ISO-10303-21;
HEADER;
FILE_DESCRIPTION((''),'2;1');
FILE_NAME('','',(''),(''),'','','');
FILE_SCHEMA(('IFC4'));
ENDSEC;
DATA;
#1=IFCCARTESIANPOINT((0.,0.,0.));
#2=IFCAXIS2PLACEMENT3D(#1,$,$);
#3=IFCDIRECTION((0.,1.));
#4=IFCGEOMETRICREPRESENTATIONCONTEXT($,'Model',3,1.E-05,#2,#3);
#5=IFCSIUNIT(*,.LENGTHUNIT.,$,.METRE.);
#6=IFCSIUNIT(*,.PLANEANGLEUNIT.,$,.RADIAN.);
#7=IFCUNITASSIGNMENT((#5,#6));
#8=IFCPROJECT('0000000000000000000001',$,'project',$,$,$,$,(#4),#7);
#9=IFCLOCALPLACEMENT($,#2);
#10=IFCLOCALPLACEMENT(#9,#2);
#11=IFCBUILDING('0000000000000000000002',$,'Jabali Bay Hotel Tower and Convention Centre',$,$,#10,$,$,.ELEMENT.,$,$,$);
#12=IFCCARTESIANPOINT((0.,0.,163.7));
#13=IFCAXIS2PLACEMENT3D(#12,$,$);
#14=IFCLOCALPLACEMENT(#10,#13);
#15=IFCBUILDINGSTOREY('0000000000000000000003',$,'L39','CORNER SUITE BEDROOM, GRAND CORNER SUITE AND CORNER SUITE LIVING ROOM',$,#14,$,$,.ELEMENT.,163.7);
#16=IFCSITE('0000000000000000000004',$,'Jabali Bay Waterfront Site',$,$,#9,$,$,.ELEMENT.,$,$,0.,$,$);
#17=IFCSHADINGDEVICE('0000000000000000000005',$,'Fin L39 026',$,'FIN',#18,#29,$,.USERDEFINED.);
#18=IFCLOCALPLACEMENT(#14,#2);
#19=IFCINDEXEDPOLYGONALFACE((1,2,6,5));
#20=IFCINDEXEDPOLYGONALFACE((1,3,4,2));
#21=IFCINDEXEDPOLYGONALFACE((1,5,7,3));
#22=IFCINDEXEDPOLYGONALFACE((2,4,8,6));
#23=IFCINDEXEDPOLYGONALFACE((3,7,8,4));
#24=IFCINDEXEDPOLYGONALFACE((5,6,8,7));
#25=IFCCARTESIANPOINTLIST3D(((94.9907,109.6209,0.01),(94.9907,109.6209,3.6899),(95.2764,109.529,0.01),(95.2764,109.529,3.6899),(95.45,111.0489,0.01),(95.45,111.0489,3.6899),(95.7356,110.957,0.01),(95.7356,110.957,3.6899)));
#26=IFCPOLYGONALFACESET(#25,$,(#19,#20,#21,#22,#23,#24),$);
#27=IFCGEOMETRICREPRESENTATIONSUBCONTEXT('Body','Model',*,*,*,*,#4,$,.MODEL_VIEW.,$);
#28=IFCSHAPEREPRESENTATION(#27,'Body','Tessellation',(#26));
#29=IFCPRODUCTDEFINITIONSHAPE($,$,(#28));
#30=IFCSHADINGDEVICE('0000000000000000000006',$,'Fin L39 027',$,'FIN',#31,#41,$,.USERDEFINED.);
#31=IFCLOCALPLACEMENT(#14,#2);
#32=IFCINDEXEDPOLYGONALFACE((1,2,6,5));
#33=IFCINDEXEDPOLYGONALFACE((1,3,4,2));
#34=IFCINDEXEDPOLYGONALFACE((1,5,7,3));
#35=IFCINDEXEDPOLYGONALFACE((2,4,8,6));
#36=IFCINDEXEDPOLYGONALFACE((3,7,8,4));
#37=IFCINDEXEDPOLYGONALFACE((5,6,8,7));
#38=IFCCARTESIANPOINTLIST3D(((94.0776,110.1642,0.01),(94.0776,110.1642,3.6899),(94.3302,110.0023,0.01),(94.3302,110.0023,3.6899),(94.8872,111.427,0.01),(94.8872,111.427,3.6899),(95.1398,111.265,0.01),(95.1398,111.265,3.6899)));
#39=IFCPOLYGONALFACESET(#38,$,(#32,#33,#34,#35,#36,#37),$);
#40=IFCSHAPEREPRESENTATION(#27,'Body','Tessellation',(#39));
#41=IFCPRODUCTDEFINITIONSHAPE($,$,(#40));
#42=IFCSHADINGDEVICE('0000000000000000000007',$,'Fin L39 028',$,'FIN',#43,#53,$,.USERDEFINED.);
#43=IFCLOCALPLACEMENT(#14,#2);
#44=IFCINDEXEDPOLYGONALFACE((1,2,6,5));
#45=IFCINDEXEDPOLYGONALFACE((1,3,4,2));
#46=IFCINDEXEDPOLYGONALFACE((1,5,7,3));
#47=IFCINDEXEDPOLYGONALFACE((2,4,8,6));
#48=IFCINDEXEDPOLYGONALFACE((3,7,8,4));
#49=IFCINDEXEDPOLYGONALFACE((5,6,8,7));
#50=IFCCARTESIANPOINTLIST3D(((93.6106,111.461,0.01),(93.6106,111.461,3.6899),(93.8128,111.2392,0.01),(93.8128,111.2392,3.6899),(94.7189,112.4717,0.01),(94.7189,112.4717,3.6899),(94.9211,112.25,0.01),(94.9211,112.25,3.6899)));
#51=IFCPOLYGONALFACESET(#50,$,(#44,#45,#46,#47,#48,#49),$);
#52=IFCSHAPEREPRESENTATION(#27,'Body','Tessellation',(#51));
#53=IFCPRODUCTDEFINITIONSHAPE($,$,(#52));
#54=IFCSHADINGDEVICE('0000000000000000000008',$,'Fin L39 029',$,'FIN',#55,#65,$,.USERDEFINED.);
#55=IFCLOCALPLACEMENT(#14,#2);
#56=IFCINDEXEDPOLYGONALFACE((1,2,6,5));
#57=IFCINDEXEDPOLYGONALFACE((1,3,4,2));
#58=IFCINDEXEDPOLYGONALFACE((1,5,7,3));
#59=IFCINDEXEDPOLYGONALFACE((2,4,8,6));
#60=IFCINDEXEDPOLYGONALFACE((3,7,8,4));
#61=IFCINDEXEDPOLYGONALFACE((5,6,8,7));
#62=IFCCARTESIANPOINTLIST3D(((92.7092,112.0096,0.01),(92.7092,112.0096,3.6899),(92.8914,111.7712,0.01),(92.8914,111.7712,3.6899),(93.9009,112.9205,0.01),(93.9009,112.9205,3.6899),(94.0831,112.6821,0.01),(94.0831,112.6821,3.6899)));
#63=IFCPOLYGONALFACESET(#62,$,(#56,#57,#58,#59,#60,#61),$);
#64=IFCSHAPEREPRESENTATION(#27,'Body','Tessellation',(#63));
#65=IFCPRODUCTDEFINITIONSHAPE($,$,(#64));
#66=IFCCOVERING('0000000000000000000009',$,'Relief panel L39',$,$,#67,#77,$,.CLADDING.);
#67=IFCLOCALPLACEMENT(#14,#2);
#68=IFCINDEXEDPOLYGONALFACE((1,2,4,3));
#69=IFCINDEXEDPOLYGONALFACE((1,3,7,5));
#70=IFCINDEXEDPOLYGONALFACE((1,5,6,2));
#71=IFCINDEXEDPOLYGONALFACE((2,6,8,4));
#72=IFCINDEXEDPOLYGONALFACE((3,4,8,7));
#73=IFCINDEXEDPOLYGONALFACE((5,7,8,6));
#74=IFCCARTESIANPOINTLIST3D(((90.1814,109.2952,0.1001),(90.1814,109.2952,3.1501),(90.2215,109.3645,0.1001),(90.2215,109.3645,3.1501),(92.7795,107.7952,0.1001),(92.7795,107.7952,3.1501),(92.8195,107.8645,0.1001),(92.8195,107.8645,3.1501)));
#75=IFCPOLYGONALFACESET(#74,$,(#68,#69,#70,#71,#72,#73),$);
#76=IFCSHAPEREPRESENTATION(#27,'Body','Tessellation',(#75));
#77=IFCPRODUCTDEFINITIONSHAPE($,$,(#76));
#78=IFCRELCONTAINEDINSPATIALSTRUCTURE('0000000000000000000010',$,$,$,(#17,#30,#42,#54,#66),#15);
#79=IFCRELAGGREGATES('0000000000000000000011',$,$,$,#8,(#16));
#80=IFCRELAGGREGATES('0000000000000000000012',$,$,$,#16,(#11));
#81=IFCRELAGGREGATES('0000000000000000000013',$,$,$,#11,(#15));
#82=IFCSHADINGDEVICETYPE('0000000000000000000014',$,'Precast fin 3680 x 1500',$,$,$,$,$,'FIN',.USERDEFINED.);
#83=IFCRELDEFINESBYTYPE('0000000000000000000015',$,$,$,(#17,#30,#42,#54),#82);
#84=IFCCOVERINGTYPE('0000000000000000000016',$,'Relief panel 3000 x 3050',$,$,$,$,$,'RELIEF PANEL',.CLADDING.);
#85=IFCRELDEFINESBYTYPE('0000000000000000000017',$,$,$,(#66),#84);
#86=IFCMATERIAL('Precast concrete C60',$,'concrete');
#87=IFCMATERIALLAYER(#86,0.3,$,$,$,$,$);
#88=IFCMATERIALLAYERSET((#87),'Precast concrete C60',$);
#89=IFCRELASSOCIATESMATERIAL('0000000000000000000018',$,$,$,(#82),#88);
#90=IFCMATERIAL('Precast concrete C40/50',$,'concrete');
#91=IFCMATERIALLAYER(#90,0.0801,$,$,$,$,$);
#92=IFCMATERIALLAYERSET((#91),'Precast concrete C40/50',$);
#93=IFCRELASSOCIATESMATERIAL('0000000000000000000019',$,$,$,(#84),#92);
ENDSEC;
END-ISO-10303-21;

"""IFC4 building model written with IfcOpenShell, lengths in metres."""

from ifc_helpers import new_model, si_unit, direction, frame, frame_2d, origin, origin_2d, place, context, subcontext, project, spatial, rectangle, extrude, material, layer, layer_set, type_object, element, save


model = new_model("IFC4")

# Units and contexts
model_context = context("Model", 3, precision=1e-05, world=origin(), true_north=direction((0.0, 1.0)))
body_context = subcontext(model_context, "Body", "Model", "MODEL_VIEW")
ifc_project = project(units=[si_unit("LENGTHUNIT", "METRE"), si_unit("PLANEANGLEUNIT", "RADIAN")], contexts=[model_context])

# Site, building, storey
site_placement = place(None, origin())
site = spatial("IfcSite", under=ifc_project, at=site_placement, Name="Jabali Bay Waterfront Site", CompositionType="ELEMENT", RefElevation=0.0)
building_placement = place(site_placement, origin())
building = spatial("IfcBuilding", under=site, at=building_placement, Name="Jabali Bay Hotel Tower and Convention Centre", CompositionType="ELEMENT")
storey_placement = place(building_placement, frame((0.0, 0.0, 163.7)))
storey = spatial("IfcBuildingStorey", under=building, at=storey_placement, Name="L39", Description="CORNER SUITE BEDROOM, GRAND CORNER SUITE AND CORNER SUITE LIVING ROOM", CompositionType="ELEMENT", Elevation=163.7)

# Shading devices
ifc_material_1 = material(Name="Precast concrete C60", Category="concrete")
ifc_layer_1 = layer(ifc_material_1, 0.3)
ifc_layer_set_1 = layer_set([ifc_layer_1], Name="Precast concrete C60")
shading_device_type_1 = type_object("IfcShadingDeviceType", Name="Precast fin 3680 x 1500", ElementType="FIN", PredefinedType="USERDEFINED", material=ifc_layer_set_1)
for number, where, z_axis, x_axis, name in (
    (1, (95.1335, 109.575, 0.01), (0.0, 0.0, 1.0), (0.306151, 0.951983, 0.0), "Fin L39 026"),
    (2, (94.2039, 110.0833, 0.01), (0.0, 0.0, 1.0), (0.539737, 0.841834, 0.0), "Fin L39 027"),
    (3, (93.7117, 111.3501, 0.01), (0.0, 0.0, 1.0), (0.738908, 0.673806, 0.0), "Fin L39 028"),
    (4, (92.8003, 111.8904, 0.01), (0.0, 0.0, 1.0), (0.794478, 0.607293, 0.0), "Fin L39 029"),
):
    element("IfcShadingDevice", number, at=place(storey_placement, frame(where, z_axis=z_axis, x_axis=x_axis)), inside=storey, type_object=shading_device_type_1, Name=name, ObjectType="FIN", PredefinedType="USERDEFINED", context=body_context, shape_type="SweptSolid", body=[
        extrude(rectangle(XDim=1.5, YDim=0.3, at=frame_2d((0.75, 0.0))), origin(), (0.0, 0.0, 1.0), 3.6799),
    ])

# Covering
ifc_material_2 = material(Name="Precast concrete C40/50", Category="concrete")
ifc_layer_2 = layer(ifc_material_2, 0.0801)
ifc_layer_set_2 = layer_set([ifc_layer_2], Name="Precast concrete C40/50")
covering_type = type_object("IfcCoveringType", Name="Relief panel 3000 x 3050", ElementType="RELIEF PANEL", PredefinedType="CLADDING", material=ifc_layer_set_2)
covering_placement = place(storey_placement, frame((91.5005, 108.5798, 0.1001), z_axis=(0.0, 0.0, 1.0), x_axis=(0.866025, -0.5, 0.0)))
element("IfcCovering", 5, at=covering_placement, inside=storey, type_object=covering_type, Name="Relief panel L39", PredefinedType="CLADDING", context=body_context, shape_type="SweptSolid", body=[
    extrude(rectangle(XDim=3.0, YDim=0.0801, at=origin_2d()), origin(), (0.0, 0.0, 1.0), 3.05),
])

save(model, "model.ifc")
